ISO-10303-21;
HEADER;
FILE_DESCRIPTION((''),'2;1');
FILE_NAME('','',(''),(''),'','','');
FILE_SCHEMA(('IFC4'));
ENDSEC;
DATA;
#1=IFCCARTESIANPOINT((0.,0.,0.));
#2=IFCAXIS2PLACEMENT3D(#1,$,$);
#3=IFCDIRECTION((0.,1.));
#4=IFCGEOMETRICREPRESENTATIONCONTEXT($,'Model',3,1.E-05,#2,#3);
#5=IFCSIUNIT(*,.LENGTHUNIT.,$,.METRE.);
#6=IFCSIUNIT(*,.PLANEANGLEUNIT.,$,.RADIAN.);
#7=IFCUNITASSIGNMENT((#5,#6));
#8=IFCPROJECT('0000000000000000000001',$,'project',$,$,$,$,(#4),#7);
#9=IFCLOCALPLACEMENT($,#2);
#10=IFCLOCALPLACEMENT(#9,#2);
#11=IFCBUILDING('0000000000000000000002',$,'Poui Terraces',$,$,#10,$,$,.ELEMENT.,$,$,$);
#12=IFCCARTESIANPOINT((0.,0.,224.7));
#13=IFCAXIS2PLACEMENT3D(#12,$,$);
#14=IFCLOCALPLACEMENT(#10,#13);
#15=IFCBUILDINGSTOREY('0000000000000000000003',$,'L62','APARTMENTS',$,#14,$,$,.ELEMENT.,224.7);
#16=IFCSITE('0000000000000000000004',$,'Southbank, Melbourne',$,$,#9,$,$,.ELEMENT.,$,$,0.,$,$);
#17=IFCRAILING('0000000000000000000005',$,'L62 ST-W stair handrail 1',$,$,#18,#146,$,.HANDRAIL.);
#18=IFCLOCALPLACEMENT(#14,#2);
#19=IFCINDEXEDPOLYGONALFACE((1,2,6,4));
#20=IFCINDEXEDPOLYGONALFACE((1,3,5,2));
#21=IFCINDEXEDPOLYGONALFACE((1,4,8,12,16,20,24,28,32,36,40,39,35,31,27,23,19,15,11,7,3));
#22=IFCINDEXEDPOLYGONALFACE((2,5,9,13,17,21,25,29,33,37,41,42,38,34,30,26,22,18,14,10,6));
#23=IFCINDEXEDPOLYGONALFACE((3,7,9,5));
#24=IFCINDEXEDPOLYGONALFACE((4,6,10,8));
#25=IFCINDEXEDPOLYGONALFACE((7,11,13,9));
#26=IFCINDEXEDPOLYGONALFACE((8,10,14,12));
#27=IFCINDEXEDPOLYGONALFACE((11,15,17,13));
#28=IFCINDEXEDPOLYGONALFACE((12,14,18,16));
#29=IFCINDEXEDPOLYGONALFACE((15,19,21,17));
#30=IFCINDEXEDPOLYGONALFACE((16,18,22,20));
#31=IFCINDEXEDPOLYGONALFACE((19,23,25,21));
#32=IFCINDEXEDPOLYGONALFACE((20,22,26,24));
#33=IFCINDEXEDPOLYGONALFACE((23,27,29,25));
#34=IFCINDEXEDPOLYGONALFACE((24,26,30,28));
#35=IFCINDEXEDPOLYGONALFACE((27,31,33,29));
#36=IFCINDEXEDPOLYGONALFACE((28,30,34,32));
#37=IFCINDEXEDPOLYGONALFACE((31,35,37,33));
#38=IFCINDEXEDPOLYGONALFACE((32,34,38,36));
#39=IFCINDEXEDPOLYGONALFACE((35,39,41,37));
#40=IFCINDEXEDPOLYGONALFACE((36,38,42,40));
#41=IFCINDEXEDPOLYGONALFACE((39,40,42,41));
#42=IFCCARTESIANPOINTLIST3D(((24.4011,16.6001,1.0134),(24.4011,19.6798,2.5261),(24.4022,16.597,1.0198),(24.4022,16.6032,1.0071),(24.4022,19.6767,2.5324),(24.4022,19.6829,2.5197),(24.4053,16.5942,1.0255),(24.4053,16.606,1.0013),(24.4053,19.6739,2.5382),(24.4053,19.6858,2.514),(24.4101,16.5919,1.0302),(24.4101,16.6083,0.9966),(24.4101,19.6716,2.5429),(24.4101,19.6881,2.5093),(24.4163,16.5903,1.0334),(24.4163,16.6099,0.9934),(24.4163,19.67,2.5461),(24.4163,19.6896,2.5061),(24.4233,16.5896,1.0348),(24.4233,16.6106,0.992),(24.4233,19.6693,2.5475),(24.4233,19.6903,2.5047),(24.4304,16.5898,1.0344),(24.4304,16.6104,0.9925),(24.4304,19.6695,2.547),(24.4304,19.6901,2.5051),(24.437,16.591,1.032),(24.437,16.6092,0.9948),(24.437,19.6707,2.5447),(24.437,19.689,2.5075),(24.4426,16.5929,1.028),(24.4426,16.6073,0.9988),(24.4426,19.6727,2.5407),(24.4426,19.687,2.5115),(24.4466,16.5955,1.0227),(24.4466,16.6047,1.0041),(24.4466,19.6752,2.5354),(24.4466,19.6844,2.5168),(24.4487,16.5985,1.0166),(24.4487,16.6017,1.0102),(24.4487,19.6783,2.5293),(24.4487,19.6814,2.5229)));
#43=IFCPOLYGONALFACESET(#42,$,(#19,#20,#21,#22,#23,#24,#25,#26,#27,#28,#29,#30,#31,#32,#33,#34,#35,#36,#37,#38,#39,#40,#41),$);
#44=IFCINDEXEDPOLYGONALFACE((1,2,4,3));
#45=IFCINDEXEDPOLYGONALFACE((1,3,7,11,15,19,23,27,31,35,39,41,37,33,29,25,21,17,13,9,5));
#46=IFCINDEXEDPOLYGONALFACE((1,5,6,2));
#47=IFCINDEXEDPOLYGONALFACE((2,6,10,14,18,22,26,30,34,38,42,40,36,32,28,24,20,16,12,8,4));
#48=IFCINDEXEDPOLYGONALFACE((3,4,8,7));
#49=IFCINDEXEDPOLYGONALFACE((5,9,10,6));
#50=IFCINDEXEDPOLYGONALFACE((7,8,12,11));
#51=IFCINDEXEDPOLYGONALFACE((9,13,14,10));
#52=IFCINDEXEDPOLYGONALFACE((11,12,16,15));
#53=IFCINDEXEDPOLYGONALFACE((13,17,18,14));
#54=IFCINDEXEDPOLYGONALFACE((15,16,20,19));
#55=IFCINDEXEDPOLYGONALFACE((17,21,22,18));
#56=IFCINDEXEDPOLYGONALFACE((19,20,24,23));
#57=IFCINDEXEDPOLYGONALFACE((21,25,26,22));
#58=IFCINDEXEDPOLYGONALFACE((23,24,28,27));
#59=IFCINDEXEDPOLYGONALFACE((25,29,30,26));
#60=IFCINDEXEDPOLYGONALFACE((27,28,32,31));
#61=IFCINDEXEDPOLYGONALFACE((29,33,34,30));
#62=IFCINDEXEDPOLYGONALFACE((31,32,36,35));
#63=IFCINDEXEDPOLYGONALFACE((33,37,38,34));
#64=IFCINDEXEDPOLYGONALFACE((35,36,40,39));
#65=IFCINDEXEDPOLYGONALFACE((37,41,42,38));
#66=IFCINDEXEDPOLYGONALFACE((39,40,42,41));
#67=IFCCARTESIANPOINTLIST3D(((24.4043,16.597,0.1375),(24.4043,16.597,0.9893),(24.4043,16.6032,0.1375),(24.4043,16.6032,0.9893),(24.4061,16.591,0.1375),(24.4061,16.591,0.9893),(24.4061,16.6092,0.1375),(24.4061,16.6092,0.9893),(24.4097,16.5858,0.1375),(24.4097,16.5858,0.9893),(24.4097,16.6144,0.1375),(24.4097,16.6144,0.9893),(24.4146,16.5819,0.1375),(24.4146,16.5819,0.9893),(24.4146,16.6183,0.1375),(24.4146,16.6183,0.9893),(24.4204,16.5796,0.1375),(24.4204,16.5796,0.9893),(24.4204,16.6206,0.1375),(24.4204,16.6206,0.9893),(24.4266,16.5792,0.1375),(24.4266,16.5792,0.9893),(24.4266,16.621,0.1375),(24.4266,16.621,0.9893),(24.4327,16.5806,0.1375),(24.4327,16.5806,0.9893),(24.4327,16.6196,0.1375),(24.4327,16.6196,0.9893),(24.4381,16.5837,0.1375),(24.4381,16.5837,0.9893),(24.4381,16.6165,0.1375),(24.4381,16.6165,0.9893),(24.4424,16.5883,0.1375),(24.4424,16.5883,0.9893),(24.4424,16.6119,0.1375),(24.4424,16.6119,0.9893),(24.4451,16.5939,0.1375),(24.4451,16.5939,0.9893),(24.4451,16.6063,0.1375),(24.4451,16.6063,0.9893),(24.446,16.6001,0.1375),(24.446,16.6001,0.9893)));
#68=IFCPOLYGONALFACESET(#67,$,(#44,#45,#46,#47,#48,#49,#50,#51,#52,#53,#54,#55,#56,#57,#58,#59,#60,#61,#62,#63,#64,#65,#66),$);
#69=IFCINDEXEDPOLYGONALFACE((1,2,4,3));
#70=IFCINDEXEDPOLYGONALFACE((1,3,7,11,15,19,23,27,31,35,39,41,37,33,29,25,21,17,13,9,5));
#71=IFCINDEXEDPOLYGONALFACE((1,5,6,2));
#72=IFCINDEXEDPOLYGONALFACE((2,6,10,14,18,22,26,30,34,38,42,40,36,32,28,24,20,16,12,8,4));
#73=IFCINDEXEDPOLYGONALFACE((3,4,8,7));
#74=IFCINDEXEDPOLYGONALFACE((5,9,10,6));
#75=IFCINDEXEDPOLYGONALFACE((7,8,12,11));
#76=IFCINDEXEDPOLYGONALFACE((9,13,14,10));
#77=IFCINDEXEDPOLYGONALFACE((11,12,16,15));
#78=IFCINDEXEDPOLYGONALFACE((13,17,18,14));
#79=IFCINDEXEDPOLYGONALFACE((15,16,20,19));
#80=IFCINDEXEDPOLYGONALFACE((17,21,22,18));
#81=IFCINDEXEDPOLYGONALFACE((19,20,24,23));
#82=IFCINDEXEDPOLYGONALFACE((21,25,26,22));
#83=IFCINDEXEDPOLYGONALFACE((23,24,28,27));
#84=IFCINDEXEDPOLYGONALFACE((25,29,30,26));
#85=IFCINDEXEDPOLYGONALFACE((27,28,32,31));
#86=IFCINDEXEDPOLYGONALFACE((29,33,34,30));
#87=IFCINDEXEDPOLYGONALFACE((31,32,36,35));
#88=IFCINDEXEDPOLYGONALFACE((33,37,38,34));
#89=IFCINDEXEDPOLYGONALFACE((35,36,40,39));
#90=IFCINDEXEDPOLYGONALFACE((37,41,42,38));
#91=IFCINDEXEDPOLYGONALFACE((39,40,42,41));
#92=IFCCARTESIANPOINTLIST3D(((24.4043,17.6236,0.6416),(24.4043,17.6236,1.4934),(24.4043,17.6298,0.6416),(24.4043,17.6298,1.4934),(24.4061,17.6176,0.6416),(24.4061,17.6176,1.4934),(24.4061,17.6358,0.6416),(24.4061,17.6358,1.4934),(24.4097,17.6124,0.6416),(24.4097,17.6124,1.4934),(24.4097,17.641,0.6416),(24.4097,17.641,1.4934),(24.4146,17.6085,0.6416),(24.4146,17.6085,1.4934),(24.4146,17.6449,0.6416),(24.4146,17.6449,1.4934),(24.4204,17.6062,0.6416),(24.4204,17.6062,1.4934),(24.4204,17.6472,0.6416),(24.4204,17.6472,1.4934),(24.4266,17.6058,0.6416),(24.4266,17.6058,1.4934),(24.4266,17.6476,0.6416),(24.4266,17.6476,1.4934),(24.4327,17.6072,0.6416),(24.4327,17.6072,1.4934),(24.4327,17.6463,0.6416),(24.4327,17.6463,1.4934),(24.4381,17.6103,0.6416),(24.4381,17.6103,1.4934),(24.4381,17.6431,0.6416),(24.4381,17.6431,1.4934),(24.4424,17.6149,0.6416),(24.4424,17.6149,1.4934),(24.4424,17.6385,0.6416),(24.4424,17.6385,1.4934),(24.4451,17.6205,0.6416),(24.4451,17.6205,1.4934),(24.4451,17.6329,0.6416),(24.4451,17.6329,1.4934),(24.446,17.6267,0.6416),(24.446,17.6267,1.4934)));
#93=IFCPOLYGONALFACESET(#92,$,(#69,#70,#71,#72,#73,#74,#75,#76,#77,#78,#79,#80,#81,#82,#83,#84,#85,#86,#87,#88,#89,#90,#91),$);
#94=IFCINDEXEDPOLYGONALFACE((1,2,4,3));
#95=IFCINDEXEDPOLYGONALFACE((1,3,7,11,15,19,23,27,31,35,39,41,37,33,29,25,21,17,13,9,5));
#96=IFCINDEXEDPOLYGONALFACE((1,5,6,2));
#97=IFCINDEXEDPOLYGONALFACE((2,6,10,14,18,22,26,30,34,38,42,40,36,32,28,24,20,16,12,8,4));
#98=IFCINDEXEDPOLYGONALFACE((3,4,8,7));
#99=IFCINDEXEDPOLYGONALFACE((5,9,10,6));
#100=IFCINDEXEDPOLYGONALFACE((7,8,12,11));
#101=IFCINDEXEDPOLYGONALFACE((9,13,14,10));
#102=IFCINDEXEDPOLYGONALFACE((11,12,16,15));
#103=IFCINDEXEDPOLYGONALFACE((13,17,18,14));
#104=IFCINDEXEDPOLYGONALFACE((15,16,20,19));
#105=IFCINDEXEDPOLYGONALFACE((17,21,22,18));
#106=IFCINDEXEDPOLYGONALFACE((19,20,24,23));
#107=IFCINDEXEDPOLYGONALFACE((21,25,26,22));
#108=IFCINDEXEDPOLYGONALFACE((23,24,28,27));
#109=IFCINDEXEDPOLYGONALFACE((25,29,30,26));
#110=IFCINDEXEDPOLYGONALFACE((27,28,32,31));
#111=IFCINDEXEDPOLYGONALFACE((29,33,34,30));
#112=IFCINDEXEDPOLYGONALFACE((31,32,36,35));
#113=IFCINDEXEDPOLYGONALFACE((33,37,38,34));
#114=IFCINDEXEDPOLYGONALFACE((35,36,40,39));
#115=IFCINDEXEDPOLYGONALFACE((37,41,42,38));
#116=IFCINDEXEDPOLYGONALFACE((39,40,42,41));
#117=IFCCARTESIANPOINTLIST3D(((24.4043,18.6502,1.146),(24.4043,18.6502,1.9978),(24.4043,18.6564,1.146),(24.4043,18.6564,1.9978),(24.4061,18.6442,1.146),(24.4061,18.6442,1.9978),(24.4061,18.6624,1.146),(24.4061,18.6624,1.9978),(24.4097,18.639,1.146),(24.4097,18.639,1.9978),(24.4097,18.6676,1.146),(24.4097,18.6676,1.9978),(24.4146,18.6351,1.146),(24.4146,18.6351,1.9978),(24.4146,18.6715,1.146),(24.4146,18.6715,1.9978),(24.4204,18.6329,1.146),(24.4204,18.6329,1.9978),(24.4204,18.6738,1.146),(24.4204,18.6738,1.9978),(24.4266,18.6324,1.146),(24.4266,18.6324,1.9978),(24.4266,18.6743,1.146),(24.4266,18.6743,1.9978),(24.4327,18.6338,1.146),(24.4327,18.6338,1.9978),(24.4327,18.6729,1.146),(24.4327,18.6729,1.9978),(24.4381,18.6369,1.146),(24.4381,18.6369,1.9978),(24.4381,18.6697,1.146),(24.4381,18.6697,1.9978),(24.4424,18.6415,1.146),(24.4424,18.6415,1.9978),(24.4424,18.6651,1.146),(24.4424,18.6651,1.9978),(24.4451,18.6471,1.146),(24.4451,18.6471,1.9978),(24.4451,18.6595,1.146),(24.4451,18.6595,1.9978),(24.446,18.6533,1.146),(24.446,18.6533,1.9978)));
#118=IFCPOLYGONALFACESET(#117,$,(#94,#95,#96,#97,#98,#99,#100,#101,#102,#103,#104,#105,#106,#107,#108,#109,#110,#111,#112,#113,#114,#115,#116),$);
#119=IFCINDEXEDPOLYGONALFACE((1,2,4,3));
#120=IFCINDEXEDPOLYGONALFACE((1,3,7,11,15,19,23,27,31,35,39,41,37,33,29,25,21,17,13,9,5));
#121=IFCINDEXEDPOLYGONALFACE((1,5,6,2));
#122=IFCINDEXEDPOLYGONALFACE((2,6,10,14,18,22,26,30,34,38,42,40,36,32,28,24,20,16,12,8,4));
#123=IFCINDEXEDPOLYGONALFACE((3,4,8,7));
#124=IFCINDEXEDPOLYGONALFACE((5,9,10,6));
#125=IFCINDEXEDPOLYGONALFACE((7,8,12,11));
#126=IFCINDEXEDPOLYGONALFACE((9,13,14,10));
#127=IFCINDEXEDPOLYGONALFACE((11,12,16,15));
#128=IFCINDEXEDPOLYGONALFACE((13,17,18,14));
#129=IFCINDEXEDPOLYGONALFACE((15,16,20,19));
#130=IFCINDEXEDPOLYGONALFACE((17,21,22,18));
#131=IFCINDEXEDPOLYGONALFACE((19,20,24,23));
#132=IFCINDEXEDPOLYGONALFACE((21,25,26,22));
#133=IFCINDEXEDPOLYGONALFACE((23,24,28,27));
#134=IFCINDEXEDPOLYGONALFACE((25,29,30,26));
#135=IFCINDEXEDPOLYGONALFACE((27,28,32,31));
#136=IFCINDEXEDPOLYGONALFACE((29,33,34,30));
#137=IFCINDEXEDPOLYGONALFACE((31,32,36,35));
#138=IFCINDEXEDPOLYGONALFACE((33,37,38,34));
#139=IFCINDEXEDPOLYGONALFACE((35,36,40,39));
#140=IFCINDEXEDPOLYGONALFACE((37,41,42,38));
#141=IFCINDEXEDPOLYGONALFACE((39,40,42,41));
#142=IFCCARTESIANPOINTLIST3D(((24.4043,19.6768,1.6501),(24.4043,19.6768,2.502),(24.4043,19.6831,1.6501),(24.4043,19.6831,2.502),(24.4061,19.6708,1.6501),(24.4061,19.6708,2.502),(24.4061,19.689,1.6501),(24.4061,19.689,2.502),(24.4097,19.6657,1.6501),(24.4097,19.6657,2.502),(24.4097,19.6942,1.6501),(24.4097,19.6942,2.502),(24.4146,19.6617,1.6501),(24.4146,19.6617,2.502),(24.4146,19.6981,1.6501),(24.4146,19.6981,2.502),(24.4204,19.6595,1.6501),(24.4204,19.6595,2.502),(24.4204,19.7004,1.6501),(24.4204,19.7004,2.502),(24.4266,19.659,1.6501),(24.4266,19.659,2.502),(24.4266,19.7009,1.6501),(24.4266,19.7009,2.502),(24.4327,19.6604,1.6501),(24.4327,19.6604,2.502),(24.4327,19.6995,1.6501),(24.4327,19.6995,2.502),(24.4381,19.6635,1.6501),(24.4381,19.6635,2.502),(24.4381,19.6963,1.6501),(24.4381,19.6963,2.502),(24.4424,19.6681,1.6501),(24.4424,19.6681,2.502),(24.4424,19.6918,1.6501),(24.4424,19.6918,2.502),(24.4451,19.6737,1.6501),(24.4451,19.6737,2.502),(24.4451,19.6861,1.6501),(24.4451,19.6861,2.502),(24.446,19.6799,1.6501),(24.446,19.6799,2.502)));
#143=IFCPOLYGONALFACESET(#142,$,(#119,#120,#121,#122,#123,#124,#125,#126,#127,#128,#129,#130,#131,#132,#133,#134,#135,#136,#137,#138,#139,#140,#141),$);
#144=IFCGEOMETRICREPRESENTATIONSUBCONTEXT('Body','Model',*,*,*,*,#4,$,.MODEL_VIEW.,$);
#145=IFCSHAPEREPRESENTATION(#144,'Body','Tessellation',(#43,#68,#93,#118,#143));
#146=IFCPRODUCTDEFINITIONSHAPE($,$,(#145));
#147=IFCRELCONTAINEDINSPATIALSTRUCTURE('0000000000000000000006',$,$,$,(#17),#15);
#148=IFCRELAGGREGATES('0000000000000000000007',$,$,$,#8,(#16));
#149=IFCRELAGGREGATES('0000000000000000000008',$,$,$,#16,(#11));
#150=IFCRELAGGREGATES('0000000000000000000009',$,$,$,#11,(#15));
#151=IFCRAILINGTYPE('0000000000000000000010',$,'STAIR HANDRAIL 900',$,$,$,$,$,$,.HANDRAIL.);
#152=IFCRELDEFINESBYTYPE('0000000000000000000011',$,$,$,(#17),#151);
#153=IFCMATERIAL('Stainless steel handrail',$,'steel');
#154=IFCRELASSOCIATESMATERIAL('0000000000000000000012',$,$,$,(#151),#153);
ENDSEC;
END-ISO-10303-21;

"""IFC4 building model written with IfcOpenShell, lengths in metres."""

from ifc_helpers import new_model, si_unit, direction, frame, origin, origin_2d, place, context, subcontext, project, spatial, circle, extrude, material, type_object, element, save


model = new_model("IFC4")

# Units and contexts
model_context = context("Model", 3, precision=1e-05, world=origin(), true_north=direction((0.0, 1.0)))
body_context = subcontext(model_context, "Body", "Model", "MODEL_VIEW")
ifc_project = project(units=[si_unit("LENGTHUNIT", "METRE"), si_unit("PLANEANGLEUNIT", "RADIAN")], contexts=[model_context])

# Site, building, storey
site_placement = place(None, origin())
site = spatial("IfcSite", under=ifc_project, at=site_placement, Name="Southbank, Melbourne", CompositionType="ELEMENT", RefElevation=0.0)
building_placement = place(site_placement, origin())
building = spatial("IfcBuilding", under=site, at=building_placement, Name="Poui Terraces", CompositionType="ELEMENT")
storey_placement = place(building_placement, frame((0.0, 0.0, 224.7)))
storey = spatial("IfcBuildingStorey", under=building, at=storey_placement, Name="L62", Description="APARTMENTS", CompositionType="ELEMENT", Elevation=224.7)

# Railing
ifc_material_1 = material(Name="Stainless steel handrail", Category="steel")
railing_type_1 = type_object("IfcRailingType", Name="STAIR HANDRAIL 900", PredefinedType="HANDRAIL", material=ifc_material_1)
railing_1_placement = place(storey_placement, frame((24.425, 16.6001, 0.1375)))
element("IfcRailing", 1, at=railing_1_placement, inside=storey, type_object=railing_type_1, Name="L62 ST-W stair handrail 1", PredefinedType="HANDRAIL", context=body_context, shape_type="SweptSolid", body=[
    extrude(circle(Radius=0.0239, at=origin_2d()), frame((0.0, 0.0, 0.876), z_axis=(0.0, 0.897578, 0.440856), x_axis=(-1.0, 0.0, 0.0)), (0.0, 0.0, 1.0), 3.4312),
    extrude(circle(Radius=0.021, at=origin_2d()), origin(), (0.0, 0.0, 1.0), 0.8518),
    extrude(circle(Radius=0.021, at=origin_2d()), frame((0.0, 1.0266, 0.5042)), (0.0, 0.0, 1.0), 0.8518),
    extrude(circle(Radius=0.021, at=origin_2d()), frame((0.0, 2.0532, 1.0085)), (0.0, 0.0, 1.0), 0.8518),
    extrude(circle(Radius=0.021, at=origin_2d()), frame((0.0, 3.0798, 1.5127)), (0.0, 0.0, 1.0), 0.8518),
])

save(model, "model.ifc")
